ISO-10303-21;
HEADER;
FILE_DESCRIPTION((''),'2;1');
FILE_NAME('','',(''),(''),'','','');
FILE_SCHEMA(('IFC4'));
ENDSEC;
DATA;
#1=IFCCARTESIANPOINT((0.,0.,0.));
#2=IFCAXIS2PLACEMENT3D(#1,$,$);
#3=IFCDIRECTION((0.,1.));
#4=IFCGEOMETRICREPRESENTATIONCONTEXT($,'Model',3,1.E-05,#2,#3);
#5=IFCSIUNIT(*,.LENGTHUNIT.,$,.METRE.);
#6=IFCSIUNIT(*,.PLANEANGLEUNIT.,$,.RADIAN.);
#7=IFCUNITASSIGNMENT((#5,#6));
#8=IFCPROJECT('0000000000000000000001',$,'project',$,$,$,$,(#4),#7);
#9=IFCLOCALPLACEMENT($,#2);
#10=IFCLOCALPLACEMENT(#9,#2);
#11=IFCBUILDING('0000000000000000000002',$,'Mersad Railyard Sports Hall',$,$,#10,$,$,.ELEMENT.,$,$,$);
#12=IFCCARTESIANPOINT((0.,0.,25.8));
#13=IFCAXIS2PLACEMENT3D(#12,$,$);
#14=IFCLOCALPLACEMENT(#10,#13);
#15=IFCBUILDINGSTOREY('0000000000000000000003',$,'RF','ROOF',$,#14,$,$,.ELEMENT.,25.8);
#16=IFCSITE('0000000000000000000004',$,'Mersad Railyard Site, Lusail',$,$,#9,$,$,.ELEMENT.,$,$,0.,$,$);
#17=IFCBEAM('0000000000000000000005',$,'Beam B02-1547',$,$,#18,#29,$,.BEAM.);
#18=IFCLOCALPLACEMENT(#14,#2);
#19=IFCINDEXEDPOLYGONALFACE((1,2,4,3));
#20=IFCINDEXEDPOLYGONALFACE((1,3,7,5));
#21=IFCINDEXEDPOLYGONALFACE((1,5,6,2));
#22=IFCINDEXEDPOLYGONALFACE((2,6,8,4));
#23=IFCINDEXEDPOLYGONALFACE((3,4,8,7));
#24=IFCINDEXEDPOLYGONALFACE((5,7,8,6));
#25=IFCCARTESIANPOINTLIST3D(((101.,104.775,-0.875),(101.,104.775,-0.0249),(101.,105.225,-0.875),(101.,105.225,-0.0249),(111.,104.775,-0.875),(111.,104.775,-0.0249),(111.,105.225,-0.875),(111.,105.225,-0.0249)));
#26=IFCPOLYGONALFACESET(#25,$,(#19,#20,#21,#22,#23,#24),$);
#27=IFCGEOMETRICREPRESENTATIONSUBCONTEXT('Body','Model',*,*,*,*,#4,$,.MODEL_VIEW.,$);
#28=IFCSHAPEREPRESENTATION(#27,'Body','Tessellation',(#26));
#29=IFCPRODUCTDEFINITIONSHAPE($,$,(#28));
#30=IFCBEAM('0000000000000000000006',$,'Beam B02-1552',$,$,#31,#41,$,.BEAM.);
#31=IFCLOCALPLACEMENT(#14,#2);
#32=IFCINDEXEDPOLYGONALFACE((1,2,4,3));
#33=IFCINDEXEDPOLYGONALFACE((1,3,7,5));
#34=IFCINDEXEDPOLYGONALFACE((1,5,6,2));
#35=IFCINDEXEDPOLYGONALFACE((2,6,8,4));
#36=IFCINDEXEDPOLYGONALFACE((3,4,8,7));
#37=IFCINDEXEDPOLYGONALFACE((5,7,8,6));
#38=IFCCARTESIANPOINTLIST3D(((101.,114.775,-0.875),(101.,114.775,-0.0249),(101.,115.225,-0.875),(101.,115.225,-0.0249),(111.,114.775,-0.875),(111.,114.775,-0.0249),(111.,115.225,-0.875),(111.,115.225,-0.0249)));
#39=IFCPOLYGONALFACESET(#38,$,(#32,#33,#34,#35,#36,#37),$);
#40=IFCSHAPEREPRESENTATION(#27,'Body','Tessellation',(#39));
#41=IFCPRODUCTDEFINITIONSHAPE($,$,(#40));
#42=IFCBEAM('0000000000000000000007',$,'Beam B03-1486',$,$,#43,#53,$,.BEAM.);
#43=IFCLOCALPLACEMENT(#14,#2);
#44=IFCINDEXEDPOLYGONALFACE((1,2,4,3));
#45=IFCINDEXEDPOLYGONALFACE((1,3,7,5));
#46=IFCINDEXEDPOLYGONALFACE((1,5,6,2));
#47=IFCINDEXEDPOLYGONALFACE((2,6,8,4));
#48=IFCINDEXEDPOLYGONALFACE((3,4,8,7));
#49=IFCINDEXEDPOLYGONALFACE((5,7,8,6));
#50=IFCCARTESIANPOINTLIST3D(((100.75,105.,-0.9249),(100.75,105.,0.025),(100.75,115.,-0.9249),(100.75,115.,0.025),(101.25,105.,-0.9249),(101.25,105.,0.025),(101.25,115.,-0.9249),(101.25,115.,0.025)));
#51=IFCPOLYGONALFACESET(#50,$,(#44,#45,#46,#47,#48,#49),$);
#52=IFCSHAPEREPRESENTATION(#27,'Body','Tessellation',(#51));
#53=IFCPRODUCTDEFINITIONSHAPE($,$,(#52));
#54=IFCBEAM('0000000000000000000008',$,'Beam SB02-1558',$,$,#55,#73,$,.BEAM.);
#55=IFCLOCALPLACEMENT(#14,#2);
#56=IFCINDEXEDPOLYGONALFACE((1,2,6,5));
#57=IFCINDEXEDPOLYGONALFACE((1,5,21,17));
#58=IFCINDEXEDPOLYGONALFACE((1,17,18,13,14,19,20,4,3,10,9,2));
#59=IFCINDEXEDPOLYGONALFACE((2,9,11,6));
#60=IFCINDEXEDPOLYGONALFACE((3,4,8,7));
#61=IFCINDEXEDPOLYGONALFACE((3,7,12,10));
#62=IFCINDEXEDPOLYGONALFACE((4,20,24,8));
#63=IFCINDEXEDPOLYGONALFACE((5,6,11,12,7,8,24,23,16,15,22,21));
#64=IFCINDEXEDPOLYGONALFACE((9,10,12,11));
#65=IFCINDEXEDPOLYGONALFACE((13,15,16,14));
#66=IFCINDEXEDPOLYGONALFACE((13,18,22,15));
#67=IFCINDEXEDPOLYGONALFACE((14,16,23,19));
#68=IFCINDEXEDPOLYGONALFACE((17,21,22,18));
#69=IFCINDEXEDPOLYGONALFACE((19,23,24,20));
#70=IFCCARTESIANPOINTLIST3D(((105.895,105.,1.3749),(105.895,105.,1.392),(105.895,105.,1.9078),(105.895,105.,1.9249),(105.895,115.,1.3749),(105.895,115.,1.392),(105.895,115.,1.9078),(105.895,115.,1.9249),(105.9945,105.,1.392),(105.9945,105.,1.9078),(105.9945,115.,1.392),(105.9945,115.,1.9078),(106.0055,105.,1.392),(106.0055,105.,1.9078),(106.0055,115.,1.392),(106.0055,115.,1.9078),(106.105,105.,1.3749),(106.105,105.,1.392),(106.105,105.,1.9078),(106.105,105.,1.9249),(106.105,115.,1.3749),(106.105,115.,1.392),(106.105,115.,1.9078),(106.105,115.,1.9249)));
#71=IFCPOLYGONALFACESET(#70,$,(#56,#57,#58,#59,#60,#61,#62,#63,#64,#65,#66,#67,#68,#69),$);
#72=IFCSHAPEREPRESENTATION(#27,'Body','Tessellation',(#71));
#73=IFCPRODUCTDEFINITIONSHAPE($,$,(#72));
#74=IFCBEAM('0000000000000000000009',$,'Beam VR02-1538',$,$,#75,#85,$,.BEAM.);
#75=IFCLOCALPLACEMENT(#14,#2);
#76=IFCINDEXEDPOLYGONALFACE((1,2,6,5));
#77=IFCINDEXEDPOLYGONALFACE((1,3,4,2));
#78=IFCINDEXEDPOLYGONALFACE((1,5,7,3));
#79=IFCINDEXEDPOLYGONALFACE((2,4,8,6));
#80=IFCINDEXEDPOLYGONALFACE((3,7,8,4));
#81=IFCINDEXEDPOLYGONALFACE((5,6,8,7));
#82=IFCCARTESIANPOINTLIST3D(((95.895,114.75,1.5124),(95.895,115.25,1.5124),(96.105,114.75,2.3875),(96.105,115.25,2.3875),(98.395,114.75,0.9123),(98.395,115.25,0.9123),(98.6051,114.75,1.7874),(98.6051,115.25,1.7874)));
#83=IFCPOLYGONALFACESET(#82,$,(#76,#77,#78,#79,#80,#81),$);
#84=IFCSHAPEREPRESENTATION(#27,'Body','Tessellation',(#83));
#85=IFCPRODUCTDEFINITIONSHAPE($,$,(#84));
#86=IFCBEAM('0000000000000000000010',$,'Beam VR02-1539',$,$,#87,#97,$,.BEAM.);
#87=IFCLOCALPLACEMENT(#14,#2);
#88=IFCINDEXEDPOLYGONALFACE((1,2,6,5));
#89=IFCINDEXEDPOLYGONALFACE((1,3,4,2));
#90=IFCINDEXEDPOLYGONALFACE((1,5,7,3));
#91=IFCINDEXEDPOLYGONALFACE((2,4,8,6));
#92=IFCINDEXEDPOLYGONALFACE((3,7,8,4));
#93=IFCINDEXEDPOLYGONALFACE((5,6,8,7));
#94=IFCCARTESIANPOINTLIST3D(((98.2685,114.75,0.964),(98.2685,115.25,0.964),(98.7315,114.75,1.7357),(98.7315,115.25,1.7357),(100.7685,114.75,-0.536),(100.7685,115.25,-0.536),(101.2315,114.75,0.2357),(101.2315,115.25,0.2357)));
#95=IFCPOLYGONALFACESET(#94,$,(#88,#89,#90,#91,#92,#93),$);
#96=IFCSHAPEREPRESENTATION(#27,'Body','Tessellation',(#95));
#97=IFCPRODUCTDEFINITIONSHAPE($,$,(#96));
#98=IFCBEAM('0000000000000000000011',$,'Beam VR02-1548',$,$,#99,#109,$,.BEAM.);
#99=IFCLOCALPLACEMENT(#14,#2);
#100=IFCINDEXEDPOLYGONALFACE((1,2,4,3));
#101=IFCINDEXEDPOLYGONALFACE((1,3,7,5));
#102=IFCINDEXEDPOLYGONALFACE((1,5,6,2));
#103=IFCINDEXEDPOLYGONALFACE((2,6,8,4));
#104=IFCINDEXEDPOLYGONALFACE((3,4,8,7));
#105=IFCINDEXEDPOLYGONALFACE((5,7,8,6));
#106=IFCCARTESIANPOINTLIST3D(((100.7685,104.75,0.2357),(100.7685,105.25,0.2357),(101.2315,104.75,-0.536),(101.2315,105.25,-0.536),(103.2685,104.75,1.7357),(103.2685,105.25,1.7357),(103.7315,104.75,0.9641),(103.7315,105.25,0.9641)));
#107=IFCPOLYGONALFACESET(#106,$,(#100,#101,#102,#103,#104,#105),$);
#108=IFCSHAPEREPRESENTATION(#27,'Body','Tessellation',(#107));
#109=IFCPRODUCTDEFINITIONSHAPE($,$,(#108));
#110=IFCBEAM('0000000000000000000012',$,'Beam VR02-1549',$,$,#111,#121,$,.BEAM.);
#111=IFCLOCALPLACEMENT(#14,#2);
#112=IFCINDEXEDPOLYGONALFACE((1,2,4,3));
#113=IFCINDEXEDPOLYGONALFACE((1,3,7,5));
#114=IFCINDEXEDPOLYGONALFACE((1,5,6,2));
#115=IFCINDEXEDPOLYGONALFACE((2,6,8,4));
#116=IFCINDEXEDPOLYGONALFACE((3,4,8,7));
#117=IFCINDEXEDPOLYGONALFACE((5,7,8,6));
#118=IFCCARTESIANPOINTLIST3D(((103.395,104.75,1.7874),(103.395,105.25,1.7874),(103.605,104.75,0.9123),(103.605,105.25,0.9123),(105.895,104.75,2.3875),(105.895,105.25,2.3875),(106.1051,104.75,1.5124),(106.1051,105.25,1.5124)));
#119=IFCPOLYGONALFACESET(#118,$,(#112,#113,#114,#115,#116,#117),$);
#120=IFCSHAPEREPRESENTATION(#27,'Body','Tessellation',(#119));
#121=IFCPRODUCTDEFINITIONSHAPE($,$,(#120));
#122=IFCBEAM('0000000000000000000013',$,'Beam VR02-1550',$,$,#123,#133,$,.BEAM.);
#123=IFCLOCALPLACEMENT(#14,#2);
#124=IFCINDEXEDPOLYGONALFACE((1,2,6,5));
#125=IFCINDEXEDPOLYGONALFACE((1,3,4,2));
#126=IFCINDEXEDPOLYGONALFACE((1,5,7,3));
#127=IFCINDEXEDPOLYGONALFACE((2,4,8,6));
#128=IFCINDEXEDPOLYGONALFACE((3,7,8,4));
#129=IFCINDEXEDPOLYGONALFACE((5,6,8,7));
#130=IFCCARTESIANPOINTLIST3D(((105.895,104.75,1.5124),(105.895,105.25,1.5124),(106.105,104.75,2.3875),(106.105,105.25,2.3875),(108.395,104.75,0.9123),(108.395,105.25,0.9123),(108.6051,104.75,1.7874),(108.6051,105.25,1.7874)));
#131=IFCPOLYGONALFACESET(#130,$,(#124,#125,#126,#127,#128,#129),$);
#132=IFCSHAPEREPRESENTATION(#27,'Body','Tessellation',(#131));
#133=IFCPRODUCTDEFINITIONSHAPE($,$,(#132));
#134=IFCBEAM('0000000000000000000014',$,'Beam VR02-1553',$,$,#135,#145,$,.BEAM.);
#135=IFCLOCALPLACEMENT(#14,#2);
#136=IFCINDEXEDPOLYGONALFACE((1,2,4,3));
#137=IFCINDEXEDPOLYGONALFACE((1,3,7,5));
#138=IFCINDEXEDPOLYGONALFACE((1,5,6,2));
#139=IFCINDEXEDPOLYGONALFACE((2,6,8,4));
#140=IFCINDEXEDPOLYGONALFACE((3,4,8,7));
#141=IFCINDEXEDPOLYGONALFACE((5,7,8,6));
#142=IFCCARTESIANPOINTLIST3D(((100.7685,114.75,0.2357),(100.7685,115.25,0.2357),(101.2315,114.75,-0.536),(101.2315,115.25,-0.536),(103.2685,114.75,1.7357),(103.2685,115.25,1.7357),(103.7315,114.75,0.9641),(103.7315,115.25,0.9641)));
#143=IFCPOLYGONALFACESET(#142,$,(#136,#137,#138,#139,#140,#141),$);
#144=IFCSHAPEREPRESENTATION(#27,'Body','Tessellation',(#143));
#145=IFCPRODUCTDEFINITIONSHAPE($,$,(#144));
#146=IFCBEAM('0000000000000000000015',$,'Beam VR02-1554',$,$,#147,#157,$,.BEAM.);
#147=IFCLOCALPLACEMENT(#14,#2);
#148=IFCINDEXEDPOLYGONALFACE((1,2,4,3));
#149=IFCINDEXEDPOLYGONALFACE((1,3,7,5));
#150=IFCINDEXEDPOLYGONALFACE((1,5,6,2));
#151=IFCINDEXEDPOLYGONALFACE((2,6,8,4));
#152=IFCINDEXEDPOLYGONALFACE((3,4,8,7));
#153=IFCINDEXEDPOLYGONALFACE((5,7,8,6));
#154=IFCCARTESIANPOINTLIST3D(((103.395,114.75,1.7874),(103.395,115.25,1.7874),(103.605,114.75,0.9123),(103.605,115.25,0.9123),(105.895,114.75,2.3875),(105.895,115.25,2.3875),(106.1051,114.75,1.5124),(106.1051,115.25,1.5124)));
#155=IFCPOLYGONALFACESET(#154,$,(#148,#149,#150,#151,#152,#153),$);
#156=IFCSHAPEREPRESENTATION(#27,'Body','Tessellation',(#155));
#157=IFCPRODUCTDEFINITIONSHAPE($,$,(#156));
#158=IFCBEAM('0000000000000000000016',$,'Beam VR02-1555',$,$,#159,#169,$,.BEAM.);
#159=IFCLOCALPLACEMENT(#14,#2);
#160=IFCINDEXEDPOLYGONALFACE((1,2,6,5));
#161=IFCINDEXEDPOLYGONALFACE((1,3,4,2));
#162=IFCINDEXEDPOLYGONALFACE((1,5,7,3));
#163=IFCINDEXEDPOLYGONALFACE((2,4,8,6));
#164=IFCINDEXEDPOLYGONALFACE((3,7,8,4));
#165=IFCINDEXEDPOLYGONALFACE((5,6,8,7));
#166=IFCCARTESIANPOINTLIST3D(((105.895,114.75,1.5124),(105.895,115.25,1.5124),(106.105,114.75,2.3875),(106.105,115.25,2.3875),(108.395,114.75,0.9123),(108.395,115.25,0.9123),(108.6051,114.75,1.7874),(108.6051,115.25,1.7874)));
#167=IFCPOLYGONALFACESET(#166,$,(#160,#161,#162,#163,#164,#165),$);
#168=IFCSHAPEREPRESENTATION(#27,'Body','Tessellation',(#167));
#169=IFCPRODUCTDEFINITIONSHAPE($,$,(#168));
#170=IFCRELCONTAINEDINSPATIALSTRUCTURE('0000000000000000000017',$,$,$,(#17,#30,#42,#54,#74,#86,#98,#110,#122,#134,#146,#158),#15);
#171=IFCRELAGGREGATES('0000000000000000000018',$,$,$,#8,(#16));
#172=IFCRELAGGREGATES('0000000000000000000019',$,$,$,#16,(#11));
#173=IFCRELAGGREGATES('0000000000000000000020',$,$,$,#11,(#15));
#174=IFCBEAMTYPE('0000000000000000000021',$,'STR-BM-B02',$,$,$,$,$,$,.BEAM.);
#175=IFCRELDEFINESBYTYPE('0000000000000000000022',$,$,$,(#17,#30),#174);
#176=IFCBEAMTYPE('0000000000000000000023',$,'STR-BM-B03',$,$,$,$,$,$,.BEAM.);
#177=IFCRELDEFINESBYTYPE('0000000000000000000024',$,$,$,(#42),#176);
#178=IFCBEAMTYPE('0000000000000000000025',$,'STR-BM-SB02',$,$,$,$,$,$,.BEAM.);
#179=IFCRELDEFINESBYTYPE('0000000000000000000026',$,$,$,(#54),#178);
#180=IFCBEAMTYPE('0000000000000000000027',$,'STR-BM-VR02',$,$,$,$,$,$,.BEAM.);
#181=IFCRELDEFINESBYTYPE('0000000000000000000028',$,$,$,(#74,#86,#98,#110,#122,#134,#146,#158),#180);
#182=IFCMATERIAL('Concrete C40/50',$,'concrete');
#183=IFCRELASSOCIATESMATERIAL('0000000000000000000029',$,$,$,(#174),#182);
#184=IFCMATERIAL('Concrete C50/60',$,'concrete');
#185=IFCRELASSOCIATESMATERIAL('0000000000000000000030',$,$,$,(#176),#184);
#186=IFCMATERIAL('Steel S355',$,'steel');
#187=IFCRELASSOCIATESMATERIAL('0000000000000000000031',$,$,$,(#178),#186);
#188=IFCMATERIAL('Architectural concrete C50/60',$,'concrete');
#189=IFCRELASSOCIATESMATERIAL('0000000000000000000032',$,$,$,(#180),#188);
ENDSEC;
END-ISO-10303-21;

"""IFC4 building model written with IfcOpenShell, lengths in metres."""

from ifc_helpers import new_model, si_unit, direction, frame, origin, origin_2d, place, context, subcontext, project, spatial, rectangle, i_section, extrude, material, material_profile, profile_set, type_object, element, save


model = new_model("IFC4")

# Units and contexts
model_context = context("Model", 3, precision=1e-05, world=origin(), true_north=direction((0.0, 1.0)))
body_context = subcontext(model_context, "Body", "Model", "MODEL_VIEW")
ifc_project = project(units=[si_unit("LENGTHUNIT", "METRE"), si_unit("PLANEANGLEUNIT", "RADIAN")], contexts=[model_context])

# Site, building, storey
site_placement = place(None, origin())
site = spatial("IfcSite", under=ifc_project, at=site_placement, Name="Mersad Railyard Site, Lusail", CompositionType="ELEMENT", RefElevation=0.0)
building_placement = place(site_placement, origin())
building = spatial("IfcBuilding", under=site, at=building_placement, Name="Mersad Railyard Sports Hall", CompositionType="ELEMENT")
storey_placement = place(building_placement, frame((0.0, 0.0, 25.8)))
storey = spatial("IfcBuildingStorey", under=building, at=storey_placement, Name="RF", Description="ROOF", CompositionType="ELEMENT", Elevation=25.8)

# Beams
ifc_material_1 = material(Name="Concrete C40/50", Category="concrete")
ifc_material_profile_1 = material_profile(ifc_material_1, rectangle(XDim=0.45, YDim=0.8501, at=origin_2d()), Name="RC 450x850")
ifc_profile_set_1 = profile_set([ifc_material_profile_1], Name="Concrete C40/50")
beam_type_1 = type_object("IfcBeamType", Name="STR-BM-B02", PredefinedType="BEAM", material=ifc_profile_set_1)
for number, where, z_axis, x_axis, name in (
    (1, (101.0, 105.0, -0.45), (1.0, 0.0, 0.0), (0.0, 1.0, 0.0), "Beam B02-1547"),
    (2, (101.0, 115.0, -0.45), (1.0, 0.0, 0.0), (0.0, 1.0, 0.0), "Beam B02-1552"),
):
    element("IfcBeam", number, at=place(storey_placement, frame(where, z_axis=z_axis, x_axis=x_axis)), inside=storey, type_object=beam_type_1, Name=name, PredefinedType="BEAM", context=body_context, shape_type="SweptSolid", body=[
        extrude(rectangle(XDim=0.45, YDim=0.8501, at=origin_2d()), origin(), (0.0, 0.0, 1.0), 10.0),
    ])
ifc_material_2 = material(Name="Concrete C50/60", Category="concrete")
ifc_material_profile_2 = material_profile(ifc_material_2, rectangle(XDim=0.5, YDim=0.95, at=origin_2d()), Name="RC 500x950")
ifc_profile_set_2 = profile_set([ifc_material_profile_2], Name="Concrete C50/60")
beam_type_2 = type_object("IfcBeamType", Name="STR-BM-B03", PredefinedType="BEAM", material=ifc_profile_set_2)
beam_1_placement = place(storey_placement, frame((101.0, 105.0, -0.45), z_axis=(0.0, 1.0, 0.0), x_axis=(-1.0, 0.0, 0.0)))
element("IfcBeam", 3, at=beam_1_placement, inside=storey, type_object=beam_type_2, Name="Beam B03-1486", PredefinedType="BEAM", context=body_context, shape_type="SweptSolid", body=[
    extrude(rectangle(XDim=0.5, YDim=0.95, at=origin_2d()), origin(), (0.0, 0.0, 1.0), 10.0),
])
ifc_material_3 = material(Name="Steel S355", Category="steel")
ifc_material_profile_3 = material_profile(ifc_material_3, i_section(OverallWidth=0.21, OverallDepth=0.55, WebThickness=0.011, FlangeThickness=0.0171, at=origin_2d()), Name="IPE 550")
ifc_profile_set_3 = profile_set([ifc_material_profile_3], Name="Steel S355")
beam_type_3 = type_object("IfcBeamType", Name="STR-BM-SB02", PredefinedType="BEAM", material=ifc_profile_set_3)
beam_2_placement = place(storey_placement, frame((106.0, 105.0, 1.6499), z_axis=(0.0, 1.0, 0.0), x_axis=(-1.0, 0.0, 0.0)))
element("IfcBeam", 4, at=beam_2_placement, inside=storey, type_object=beam_type_3, Name="Beam SB02-1558", PredefinedType="BEAM", context=body_context, shape_type="SweptSolid", body=[
    extrude(i_section(OverallWidth=0.21, OverallDepth=0.55, WebThickness=0.011, FlangeThickness=0.0171, at=origin_2d()), origin(), (0.0, 0.0, 1.0), 10.0),
])
ifc_material_4 = material(Name="Architectural concrete C50/60", Category="concrete")
ifc_material_profile_4 = material_profile(ifc_material_4, rectangle(XDim=0.5, YDim=0.8999, at=origin_2d()), Name="VR 500x900")
ifc_profile_set_4 = profile_set([ifc_material_profile_4], Name="Architectural concrete C50/60")
beam_type_4 = type_object("IfcBeamType", Name="STR-BM-VR02", PredefinedType="BEAM", material=ifc_profile_set_4)
beam_3_placement = place(storey_placement, frame((96.0, 115.0, 1.95), z_axis=(0.972379, 0.0, -0.233409), x_axis=(0.0, 1.0, 0.0)))
element("IfcBeam", 5, at=beam_3_placement, inside=storey, type_object=beam_type_4, Name="Beam VR02-1538", PredefinedType="BEAM", context=body_context, shape_type="SweptSolid", body=[
    extrude(rectangle(XDim=0.5, YDim=0.8999, at=origin_2d()), origin(), (0.0, 0.0, 1.0), 2.571),
])
for number, where, z_axis, x_axis, name in (
    (6, (98.5, 115.0, 1.3499), (0.857493, 0.0, -0.514496), (0.0, 1.0, 0.0), "Beam VR02-1539"),
    (7, (101.0, 105.0, -0.1501), (0.857493, 0.0, 0.514496), (0.0, 1.0, 0.0), "Beam VR02-1548"),
):
    element("IfcBeam", number, at=place(storey_placement, frame(where, z_axis=z_axis, x_axis=x_axis)), inside=storey, type_object=beam_type_4, Name=name, PredefinedType="BEAM", context=body_context, shape_type="SweptSolid", body=[
        extrude(rectangle(XDim=0.5, YDim=0.8999, at=origin_2d()), origin(), (0.0, 0.0, 1.0), 2.9155),
    ])
for number, where, z_axis, x_axis, name in (
    (8, (103.5, 105.0, 1.3499), (0.972379, 0.0, 0.233409), (0.0, 1.0, 0.0), "Beam VR02-1549"),
    (9, (106.0, 105.0, 1.95), (0.972379, 0.0, -0.233409), (0.0, 1.0, 0.0), "Beam VR02-1550"),
):
    element("IfcBeam", number, at=place(storey_placement, frame(where, z_axis=z_axis, x_axis=x_axis)), inside=storey, type_object=beam_type_4, Name=name, PredefinedType="BEAM", context=body_context, shape_type="SweptSolid", body=[
        extrude(rectangle(XDim=0.5, YDim=0.8999, at=origin_2d()), origin(), (0.0, 0.0, 1.0), 2.571),
    ])
beam_4_placement = place(storey_placement, frame((101.0, 115.0, -0.1501), z_axis=(0.857493, 0.0, 0.514496), x_axis=(0.0, 1.0, 0.0)))
element("IfcBeam", 10, at=beam_4_placement, inside=storey, type_object=beam_type_4, Name="Beam VR02-1553", PredefinedType="BEAM", context=body_context, shape_type="SweptSolid", body=[
    extrude(rectangle(XDim=0.5, YDim=0.8999, at=origin_2d()), origin(), (0.0, 0.0, 1.0), 2.9155),
])
for number, where, z_axis, x_axis, name in (
    (11, (103.5, 115.0, 1.3499), (0.972379, 0.0, 0.233409), (0.0, 1.0, 0.0), "Beam VR02-1554"),
    (12, (106.0, 115.0, 1.95), (0.972379, 0.0, -0.233409), (0.0, 1.0, 0.0), "Beam VR02-1555"),
):
    element("IfcBeam", number, at=place(storey_placement, frame(where, z_axis=z_axis, x_axis=x_axis)), inside=storey, type_object=beam_type_4, Name=name, PredefinedType="BEAM", context=body_context, shape_type="SweptSolid", body=[
        extrude(rectangle(XDim=0.5, YDim=0.8999, at=origin_2d()), origin(), (0.0, 0.0, 1.0), 2.571),
    ])

save(model, "model.ifc")
